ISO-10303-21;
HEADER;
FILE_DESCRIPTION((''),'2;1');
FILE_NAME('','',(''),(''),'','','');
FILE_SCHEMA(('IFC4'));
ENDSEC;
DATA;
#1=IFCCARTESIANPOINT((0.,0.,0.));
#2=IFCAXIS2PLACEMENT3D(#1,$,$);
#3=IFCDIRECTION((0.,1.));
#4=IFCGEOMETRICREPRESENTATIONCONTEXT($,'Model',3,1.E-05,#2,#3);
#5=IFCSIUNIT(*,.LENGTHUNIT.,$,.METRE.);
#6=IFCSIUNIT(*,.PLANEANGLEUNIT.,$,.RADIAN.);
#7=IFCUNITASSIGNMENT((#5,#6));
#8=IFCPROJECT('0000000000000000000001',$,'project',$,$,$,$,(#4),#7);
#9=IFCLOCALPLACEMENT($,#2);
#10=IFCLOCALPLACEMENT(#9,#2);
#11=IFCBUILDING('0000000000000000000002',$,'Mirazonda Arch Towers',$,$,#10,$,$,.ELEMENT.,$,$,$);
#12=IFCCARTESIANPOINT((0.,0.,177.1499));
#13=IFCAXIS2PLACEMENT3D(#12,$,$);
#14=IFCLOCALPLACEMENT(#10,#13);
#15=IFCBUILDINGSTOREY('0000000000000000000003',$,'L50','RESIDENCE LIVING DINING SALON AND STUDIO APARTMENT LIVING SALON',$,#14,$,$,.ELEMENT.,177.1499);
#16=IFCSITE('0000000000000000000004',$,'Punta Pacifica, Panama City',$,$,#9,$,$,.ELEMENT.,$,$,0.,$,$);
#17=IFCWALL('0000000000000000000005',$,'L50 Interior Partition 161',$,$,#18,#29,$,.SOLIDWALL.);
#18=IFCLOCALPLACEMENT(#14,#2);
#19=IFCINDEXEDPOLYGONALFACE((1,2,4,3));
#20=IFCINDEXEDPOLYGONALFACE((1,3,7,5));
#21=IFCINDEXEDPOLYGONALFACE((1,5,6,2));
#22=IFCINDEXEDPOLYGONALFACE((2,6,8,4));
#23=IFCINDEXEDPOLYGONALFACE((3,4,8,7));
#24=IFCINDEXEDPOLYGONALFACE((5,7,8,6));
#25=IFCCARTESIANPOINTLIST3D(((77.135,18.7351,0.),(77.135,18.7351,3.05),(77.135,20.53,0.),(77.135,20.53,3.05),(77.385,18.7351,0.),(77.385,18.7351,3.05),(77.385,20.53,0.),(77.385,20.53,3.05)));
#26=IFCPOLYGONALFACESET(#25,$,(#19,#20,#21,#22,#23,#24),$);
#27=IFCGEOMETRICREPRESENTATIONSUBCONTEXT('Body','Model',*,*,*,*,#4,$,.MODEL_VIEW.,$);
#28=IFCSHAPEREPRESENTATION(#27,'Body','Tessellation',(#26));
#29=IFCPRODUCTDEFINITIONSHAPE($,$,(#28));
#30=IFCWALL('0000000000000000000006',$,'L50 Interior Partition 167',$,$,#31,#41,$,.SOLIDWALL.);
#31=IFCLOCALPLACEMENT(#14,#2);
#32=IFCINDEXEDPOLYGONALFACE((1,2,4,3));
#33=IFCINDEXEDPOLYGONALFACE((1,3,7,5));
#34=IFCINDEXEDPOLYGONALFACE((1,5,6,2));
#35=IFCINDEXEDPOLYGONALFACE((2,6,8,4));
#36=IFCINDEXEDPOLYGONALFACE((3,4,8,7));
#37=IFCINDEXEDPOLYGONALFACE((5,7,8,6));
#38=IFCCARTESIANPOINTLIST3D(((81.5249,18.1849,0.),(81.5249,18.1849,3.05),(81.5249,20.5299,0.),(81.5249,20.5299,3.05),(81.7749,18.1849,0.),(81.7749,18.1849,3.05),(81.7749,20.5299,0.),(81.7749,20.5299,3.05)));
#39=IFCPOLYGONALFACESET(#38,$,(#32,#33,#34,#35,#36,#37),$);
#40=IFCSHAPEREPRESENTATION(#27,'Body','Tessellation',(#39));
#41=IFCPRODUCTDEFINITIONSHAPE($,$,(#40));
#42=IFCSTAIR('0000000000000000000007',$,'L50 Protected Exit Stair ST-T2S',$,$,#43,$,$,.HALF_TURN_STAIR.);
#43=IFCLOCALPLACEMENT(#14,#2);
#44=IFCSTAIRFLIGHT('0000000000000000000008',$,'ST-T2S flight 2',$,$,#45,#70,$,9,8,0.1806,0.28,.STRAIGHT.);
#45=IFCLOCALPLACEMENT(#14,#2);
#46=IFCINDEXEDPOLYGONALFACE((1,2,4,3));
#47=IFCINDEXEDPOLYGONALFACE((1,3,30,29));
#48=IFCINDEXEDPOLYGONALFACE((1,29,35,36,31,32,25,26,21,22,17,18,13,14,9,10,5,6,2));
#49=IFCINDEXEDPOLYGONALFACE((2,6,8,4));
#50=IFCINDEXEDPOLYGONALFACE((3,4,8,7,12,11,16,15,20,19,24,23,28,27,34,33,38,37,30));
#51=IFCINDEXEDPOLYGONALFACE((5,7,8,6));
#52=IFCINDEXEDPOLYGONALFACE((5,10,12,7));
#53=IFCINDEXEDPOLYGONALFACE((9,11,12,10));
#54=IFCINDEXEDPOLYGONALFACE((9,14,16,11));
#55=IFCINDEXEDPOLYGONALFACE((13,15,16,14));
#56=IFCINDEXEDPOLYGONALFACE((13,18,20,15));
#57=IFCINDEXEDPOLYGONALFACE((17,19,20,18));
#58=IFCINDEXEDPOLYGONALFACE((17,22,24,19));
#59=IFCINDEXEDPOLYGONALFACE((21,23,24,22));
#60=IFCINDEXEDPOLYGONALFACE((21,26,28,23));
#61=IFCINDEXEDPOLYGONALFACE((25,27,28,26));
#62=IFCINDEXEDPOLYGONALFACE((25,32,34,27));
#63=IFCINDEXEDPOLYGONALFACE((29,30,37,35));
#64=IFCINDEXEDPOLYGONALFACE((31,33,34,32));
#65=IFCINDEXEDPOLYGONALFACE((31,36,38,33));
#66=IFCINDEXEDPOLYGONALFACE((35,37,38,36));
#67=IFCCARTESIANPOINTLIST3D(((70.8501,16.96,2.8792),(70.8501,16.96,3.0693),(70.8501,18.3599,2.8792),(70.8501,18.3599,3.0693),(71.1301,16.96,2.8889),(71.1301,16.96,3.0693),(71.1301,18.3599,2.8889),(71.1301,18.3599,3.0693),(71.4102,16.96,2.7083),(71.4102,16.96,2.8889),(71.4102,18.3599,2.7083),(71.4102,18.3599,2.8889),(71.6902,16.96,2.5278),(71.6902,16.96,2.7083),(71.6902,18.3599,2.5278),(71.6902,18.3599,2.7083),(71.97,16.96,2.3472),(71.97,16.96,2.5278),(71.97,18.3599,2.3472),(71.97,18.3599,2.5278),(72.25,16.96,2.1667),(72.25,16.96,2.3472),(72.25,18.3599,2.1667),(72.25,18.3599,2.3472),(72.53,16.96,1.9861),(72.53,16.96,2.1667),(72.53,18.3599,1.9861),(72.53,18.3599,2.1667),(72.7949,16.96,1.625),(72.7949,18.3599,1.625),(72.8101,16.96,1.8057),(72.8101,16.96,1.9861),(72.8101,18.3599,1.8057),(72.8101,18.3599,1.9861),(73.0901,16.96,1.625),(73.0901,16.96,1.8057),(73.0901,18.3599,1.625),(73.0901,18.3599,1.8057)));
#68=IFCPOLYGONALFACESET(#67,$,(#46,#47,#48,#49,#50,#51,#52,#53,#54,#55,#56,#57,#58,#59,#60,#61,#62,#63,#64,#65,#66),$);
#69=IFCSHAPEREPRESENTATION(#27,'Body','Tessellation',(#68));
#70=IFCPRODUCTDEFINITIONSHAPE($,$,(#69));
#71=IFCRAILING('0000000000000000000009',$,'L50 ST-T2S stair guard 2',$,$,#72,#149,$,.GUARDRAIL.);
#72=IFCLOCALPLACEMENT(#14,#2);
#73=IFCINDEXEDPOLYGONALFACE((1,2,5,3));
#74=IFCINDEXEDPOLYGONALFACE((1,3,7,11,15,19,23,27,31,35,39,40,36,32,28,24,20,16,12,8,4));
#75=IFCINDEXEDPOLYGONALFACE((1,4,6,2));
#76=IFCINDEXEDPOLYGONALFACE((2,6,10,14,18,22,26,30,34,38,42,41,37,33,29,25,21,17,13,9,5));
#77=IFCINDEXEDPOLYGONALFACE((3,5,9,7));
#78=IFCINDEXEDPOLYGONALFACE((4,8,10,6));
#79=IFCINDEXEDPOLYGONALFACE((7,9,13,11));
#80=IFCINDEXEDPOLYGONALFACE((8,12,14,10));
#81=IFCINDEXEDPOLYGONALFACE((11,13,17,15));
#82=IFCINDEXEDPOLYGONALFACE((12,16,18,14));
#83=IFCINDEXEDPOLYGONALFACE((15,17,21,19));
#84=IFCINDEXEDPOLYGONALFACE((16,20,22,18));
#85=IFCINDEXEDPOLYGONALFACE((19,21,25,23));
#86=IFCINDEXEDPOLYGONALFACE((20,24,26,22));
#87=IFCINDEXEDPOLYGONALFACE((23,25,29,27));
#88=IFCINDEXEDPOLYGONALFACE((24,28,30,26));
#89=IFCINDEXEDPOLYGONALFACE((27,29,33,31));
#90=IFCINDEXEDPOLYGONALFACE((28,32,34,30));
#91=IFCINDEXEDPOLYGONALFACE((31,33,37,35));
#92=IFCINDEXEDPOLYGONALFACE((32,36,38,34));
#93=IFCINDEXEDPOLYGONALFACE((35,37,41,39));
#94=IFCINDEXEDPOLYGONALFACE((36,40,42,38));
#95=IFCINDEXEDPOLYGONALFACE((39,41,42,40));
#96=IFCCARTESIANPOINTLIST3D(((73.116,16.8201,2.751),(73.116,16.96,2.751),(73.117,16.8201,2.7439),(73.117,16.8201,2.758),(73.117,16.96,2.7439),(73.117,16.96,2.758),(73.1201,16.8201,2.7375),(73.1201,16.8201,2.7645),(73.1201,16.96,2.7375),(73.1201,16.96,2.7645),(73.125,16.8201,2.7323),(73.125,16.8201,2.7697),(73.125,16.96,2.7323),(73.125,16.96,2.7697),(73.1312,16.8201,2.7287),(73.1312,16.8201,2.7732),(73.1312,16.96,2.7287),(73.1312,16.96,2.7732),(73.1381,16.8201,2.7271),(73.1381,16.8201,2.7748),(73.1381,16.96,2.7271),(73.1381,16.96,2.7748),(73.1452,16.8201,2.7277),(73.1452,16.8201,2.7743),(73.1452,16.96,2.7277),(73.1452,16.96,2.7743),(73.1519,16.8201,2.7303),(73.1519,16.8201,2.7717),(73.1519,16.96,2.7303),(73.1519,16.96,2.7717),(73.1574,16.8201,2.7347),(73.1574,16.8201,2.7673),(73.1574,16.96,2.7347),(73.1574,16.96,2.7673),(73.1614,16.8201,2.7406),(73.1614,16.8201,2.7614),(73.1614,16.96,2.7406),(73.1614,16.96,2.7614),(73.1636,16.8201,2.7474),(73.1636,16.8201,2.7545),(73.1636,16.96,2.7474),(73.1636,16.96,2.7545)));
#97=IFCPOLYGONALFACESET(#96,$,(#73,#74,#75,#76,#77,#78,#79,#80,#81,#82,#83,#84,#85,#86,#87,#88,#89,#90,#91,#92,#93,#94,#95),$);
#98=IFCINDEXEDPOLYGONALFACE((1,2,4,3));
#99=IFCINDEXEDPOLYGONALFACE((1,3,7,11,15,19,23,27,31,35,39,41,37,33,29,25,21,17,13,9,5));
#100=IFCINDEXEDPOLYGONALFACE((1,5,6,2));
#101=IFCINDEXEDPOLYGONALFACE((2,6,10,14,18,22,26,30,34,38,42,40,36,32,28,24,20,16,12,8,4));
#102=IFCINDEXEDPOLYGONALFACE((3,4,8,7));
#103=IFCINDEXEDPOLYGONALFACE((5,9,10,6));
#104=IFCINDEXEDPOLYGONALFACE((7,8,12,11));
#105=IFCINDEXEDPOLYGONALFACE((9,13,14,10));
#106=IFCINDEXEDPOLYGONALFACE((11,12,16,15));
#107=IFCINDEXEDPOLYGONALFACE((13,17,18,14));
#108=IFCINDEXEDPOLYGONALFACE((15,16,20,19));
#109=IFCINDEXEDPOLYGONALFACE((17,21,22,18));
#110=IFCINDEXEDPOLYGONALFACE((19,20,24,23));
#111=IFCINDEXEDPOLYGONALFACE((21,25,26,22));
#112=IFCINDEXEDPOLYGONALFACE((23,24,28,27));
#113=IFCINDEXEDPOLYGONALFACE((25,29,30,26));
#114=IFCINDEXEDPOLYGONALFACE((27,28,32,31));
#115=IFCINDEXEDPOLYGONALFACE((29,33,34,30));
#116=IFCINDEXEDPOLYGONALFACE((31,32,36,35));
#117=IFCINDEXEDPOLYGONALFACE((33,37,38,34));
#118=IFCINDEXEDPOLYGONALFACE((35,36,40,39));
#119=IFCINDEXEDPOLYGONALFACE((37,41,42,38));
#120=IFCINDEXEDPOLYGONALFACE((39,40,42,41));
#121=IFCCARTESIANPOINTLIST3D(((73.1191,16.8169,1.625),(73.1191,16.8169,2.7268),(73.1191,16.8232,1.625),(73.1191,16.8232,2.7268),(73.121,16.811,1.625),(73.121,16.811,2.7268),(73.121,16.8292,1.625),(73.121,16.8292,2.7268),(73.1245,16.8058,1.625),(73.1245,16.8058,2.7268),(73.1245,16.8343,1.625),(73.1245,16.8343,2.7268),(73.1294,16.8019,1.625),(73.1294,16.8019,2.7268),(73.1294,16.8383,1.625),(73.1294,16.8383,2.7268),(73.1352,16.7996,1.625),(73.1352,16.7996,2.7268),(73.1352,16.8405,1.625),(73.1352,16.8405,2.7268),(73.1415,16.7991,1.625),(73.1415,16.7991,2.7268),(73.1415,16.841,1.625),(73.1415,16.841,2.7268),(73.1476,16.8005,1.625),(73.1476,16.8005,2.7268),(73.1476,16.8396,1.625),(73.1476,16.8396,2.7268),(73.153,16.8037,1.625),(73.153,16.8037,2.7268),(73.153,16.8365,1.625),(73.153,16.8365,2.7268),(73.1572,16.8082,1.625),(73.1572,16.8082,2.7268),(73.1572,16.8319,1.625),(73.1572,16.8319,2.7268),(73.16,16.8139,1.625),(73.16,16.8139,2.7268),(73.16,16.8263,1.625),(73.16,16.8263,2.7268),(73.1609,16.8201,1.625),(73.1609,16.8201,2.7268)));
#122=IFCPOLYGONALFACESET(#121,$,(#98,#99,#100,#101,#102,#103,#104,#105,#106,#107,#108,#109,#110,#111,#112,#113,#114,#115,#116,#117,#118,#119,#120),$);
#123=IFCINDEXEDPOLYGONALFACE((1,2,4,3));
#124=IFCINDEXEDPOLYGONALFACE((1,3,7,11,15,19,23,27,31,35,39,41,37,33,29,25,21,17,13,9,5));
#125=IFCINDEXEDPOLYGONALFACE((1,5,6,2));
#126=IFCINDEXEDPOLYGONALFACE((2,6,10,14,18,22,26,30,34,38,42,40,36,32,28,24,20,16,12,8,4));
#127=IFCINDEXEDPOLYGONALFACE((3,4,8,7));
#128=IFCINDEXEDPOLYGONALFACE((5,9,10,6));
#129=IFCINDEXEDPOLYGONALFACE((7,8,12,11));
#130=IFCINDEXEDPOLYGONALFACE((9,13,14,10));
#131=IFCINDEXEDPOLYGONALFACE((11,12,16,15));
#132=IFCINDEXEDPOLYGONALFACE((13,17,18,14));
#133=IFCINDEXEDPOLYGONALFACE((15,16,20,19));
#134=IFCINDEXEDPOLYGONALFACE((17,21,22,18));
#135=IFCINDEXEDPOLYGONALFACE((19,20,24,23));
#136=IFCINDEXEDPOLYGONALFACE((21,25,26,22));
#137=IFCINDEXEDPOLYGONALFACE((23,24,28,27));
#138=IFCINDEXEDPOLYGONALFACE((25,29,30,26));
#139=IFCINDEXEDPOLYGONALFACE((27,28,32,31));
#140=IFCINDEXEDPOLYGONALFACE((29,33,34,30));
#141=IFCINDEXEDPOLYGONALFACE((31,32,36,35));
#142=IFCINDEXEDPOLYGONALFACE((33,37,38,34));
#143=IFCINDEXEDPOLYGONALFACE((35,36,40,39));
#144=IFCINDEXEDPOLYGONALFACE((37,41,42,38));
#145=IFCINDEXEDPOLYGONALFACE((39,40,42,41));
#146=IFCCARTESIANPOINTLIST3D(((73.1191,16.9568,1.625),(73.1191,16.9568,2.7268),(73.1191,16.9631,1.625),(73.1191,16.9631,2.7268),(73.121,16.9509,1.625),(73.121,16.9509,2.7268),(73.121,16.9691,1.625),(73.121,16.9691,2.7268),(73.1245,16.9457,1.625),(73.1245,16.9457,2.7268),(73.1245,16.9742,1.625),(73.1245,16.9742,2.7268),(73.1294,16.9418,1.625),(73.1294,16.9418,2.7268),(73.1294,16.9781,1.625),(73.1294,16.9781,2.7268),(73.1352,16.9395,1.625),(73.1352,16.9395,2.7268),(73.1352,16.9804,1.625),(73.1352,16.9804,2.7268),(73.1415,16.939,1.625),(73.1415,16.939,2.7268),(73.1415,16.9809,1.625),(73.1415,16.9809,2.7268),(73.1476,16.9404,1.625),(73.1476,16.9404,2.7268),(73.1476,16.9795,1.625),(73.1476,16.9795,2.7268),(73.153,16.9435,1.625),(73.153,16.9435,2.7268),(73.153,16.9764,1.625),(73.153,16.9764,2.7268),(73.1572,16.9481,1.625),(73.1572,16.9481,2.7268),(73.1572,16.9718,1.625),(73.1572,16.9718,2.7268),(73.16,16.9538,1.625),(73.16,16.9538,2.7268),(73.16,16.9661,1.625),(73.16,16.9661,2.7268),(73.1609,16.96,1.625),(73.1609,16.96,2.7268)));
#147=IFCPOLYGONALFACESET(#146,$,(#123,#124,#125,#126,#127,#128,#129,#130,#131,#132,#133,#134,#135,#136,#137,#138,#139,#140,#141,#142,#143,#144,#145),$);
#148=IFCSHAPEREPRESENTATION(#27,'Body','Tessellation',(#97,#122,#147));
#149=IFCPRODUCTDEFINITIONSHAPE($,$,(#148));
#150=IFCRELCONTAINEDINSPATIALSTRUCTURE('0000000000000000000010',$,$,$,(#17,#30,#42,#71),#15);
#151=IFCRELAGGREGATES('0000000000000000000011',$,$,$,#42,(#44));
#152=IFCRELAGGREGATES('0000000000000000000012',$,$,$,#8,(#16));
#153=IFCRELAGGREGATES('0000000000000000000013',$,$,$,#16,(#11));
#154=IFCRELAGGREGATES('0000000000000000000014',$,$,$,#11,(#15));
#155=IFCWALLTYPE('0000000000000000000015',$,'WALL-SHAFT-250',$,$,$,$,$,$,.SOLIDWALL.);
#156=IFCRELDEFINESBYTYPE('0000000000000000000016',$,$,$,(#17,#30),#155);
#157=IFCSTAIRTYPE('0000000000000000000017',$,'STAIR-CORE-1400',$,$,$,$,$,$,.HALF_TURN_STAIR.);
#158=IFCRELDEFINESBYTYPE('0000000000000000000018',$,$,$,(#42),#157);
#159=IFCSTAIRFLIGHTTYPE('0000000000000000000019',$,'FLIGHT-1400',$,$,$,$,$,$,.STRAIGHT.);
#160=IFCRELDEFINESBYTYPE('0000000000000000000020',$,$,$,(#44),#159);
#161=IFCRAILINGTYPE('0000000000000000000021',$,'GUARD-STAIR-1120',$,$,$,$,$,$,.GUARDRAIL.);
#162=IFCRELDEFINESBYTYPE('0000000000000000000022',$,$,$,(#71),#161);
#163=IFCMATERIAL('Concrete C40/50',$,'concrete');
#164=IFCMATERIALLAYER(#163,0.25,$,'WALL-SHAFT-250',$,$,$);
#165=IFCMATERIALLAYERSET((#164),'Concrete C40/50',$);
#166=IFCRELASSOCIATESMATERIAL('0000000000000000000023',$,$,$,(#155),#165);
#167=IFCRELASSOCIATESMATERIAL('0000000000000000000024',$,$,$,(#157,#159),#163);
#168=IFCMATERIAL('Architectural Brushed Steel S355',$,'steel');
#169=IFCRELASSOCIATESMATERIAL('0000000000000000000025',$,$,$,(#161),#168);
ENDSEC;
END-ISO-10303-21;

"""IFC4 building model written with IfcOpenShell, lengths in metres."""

from ifc_helpers import new_model, si_unit, direction, frame, frame_2d, origin, origin_2d, place, context, subcontext, project, spatial, polyline, rectangle, circle, outline, extrude, material, layer, layer_set, type_object, element, aggregate, save


model = new_model("IFC4")

# Units and contexts
model_context = context("Model", 3, precision=1e-05, world=origin(), true_north=direction((0.0, 1.0)))
body_context = subcontext(model_context, "Body", "Model", "MODEL_VIEW")
ifc_project = project(units=[si_unit("LENGTHUNIT", "METRE"), si_unit("PLANEANGLEUNIT", "RADIAN")], contexts=[model_context])

# Site, building, storey
site_placement = place(None, origin())
site = spatial("IfcSite", under=ifc_project, at=site_placement, Name="Punta Pacifica, Panama City", CompositionType="ELEMENT", RefElevation=0.0)
building_placement = place(site_placement, origin())
building = spatial("IfcBuilding", under=site, at=building_placement, Name="Mirazonda Arch Towers", CompositionType="ELEMENT")
storey_placement = place(building_placement, frame((0.0, 0.0, 177.1499)))
storey = spatial("IfcBuildingStorey", under=building, at=storey_placement, Name="L50", Description="RESIDENCE LIVING DINING SALON AND STUDIO APARTMENT LIVING SALON", CompositionType="ELEMENT", Elevation=177.1499)

# Shared definitions
ifc_material_1 = material(Name="Architectural Brushed Steel S355", Category="steel")

# Walls
ifc_material_2 = material(Name="Concrete C40/50", Category="concrete")
ifc_layer_1 = layer(ifc_material_2, 0.25, Name="WALL-SHAFT-250")
ifc_layer_set_1 = layer_set([ifc_layer_1], Name="Concrete C40/50")
wall_type_1 = type_object("IfcWallType", Name="WALL-SHAFT-250", PredefinedType="SOLIDWALL", material=ifc_layer_set_1)
wall_1_placement = place(storey_placement, frame((77.26, 18.7351, 0.0), z_axis=(0.0, 0.0, 1.0), x_axis=(0.0, 1.0, 0.0)))
element("IfcWall", 1, at=wall_1_placement, inside=storey, type_object=wall_type_1, Name="L50 Interior Partition 161", PredefinedType="SOLIDWALL", context=body_context, shape_type="SweptSolid", body=[
    extrude(rectangle(XDim=1.7949, YDim=0.25, at=frame_2d((0.8975, 0.0))), origin(), (0.0, 0.0, 1.0), 3.05),
])
wall_2_placement = place(storey_placement, frame((81.6499, 18.1851, 0.0), z_axis=(0.0, 0.0, 1.0), x_axis=(0.0, 1.0, 0.0)))
element("IfcWall", 2, at=wall_2_placement, inside=storey, type_object=wall_type_1, Name="L50 Interior Partition 167", PredefinedType="SOLIDWALL", context=body_context, shape_type="SweptSolid", body=[
    extrude(rectangle(XDim=2.345, YDim=0.25, at=frame_2d((1.1724, 0.0))), origin(), (0.0, 0.0, 1.0), 3.05),
])

# Stair, stair flight
stair_type = type_object("IfcStairType", Name="STAIR-CORE-1400", PredefinedType="HALF_TURN_STAIR", material=ifc_material_2)
stair_placement = place(storey_placement, origin())
stair = element("IfcStair", 3, at=stair_placement, inside=storey, type_object=stair_type, Name="L50 Protected Exit Stair ST-T2S", PredefinedType="HALF_TURN_STAIR")
stair_flight_type = type_object("IfcStairFlightType", Name="FLIGHT-1400", PredefinedType="STRAIGHT", material=ifc_material_2)
stair_flight_placement = place(storey_placement, frame((73.0901, 17.6599, 1.625), z_axis=(0.0, 0.0, 1.0), x_axis=(-1.0, 0.0, 0.0)))
stair_flight = element("IfcStairFlight", 4, at=stair_flight_placement, type_object=stair_flight_type, Name="ST-T2S flight 2", NumberOfRisers=9, NumberOfTreads=8, PredefinedType="STRAIGHT", RiserHeight=0.1806, TreadLength=0.28, context=body_context, shape_type="SweptSolid", body=[
    extrude(outline(polyline([(0.0, 0.0), (0.0, 0.1807), (0.28, 0.1807), (0.28, 0.3611), (0.5601, 0.3611), (0.5601, 0.5417), (0.8401, 0.5417), (0.8401, 0.7222), (1.1201, 0.7222), (1.1201, 0.9028), (1.3999, 0.9028), (1.3999, 1.0833), (1.6799, 1.0833), (1.6799, 1.2639), (1.96, 1.2639), (1.96, 1.4443), (2.24, 1.4443), (2.24, 1.625), (2.24, 1.2542), (0.2952, 0.0), (0.0, 0.0)])), frame((0.0, 0.7, 0.0), z_axis=(0.0, -1.0, 0.0), x_axis=(1.0, 0.0, 0.0)), (0.0, 0.0, 1.0), 1.3999),
])
aggregate(stair, [stair_flight])

# Railing
railing_type_1 = type_object("IfcRailingType", Name="GUARD-STAIR-1120", PredefinedType="GUARDRAIL", material=ifc_material_1)
railing_1_placement = place(storey_placement, frame((73.1399, 16.8201, 1.625)))
element("IfcRailing", 5, at=railing_1_placement, inside=storey, type_object=railing_type_1, Name="L50 ST-T2S stair guard 2", PredefinedType="GUARDRAIL", context=body_context, shape_type="SweptSolid", body=[
    extrude(circle(Radius=0.0239, at=origin_2d()), frame((0.0, 0.0, 1.126), z_axis=(0.0, 1.0, 0.0), x_axis=(-1.0, 0.0, 0.0)), (0.0, 0.0, 1.0), 0.1399),
    extrude(circle(Radius=0.021, at=origin_2d()), origin(), (0.0, 0.0, 1.0), 1.1018),
    extrude(circle(Radius=0.021, at=origin_2d()), frame((0.0, 0.1399, 0.0)), (0.0, 0.0, 1.0), 1.1018),
])

save(model, "model.ifc")
